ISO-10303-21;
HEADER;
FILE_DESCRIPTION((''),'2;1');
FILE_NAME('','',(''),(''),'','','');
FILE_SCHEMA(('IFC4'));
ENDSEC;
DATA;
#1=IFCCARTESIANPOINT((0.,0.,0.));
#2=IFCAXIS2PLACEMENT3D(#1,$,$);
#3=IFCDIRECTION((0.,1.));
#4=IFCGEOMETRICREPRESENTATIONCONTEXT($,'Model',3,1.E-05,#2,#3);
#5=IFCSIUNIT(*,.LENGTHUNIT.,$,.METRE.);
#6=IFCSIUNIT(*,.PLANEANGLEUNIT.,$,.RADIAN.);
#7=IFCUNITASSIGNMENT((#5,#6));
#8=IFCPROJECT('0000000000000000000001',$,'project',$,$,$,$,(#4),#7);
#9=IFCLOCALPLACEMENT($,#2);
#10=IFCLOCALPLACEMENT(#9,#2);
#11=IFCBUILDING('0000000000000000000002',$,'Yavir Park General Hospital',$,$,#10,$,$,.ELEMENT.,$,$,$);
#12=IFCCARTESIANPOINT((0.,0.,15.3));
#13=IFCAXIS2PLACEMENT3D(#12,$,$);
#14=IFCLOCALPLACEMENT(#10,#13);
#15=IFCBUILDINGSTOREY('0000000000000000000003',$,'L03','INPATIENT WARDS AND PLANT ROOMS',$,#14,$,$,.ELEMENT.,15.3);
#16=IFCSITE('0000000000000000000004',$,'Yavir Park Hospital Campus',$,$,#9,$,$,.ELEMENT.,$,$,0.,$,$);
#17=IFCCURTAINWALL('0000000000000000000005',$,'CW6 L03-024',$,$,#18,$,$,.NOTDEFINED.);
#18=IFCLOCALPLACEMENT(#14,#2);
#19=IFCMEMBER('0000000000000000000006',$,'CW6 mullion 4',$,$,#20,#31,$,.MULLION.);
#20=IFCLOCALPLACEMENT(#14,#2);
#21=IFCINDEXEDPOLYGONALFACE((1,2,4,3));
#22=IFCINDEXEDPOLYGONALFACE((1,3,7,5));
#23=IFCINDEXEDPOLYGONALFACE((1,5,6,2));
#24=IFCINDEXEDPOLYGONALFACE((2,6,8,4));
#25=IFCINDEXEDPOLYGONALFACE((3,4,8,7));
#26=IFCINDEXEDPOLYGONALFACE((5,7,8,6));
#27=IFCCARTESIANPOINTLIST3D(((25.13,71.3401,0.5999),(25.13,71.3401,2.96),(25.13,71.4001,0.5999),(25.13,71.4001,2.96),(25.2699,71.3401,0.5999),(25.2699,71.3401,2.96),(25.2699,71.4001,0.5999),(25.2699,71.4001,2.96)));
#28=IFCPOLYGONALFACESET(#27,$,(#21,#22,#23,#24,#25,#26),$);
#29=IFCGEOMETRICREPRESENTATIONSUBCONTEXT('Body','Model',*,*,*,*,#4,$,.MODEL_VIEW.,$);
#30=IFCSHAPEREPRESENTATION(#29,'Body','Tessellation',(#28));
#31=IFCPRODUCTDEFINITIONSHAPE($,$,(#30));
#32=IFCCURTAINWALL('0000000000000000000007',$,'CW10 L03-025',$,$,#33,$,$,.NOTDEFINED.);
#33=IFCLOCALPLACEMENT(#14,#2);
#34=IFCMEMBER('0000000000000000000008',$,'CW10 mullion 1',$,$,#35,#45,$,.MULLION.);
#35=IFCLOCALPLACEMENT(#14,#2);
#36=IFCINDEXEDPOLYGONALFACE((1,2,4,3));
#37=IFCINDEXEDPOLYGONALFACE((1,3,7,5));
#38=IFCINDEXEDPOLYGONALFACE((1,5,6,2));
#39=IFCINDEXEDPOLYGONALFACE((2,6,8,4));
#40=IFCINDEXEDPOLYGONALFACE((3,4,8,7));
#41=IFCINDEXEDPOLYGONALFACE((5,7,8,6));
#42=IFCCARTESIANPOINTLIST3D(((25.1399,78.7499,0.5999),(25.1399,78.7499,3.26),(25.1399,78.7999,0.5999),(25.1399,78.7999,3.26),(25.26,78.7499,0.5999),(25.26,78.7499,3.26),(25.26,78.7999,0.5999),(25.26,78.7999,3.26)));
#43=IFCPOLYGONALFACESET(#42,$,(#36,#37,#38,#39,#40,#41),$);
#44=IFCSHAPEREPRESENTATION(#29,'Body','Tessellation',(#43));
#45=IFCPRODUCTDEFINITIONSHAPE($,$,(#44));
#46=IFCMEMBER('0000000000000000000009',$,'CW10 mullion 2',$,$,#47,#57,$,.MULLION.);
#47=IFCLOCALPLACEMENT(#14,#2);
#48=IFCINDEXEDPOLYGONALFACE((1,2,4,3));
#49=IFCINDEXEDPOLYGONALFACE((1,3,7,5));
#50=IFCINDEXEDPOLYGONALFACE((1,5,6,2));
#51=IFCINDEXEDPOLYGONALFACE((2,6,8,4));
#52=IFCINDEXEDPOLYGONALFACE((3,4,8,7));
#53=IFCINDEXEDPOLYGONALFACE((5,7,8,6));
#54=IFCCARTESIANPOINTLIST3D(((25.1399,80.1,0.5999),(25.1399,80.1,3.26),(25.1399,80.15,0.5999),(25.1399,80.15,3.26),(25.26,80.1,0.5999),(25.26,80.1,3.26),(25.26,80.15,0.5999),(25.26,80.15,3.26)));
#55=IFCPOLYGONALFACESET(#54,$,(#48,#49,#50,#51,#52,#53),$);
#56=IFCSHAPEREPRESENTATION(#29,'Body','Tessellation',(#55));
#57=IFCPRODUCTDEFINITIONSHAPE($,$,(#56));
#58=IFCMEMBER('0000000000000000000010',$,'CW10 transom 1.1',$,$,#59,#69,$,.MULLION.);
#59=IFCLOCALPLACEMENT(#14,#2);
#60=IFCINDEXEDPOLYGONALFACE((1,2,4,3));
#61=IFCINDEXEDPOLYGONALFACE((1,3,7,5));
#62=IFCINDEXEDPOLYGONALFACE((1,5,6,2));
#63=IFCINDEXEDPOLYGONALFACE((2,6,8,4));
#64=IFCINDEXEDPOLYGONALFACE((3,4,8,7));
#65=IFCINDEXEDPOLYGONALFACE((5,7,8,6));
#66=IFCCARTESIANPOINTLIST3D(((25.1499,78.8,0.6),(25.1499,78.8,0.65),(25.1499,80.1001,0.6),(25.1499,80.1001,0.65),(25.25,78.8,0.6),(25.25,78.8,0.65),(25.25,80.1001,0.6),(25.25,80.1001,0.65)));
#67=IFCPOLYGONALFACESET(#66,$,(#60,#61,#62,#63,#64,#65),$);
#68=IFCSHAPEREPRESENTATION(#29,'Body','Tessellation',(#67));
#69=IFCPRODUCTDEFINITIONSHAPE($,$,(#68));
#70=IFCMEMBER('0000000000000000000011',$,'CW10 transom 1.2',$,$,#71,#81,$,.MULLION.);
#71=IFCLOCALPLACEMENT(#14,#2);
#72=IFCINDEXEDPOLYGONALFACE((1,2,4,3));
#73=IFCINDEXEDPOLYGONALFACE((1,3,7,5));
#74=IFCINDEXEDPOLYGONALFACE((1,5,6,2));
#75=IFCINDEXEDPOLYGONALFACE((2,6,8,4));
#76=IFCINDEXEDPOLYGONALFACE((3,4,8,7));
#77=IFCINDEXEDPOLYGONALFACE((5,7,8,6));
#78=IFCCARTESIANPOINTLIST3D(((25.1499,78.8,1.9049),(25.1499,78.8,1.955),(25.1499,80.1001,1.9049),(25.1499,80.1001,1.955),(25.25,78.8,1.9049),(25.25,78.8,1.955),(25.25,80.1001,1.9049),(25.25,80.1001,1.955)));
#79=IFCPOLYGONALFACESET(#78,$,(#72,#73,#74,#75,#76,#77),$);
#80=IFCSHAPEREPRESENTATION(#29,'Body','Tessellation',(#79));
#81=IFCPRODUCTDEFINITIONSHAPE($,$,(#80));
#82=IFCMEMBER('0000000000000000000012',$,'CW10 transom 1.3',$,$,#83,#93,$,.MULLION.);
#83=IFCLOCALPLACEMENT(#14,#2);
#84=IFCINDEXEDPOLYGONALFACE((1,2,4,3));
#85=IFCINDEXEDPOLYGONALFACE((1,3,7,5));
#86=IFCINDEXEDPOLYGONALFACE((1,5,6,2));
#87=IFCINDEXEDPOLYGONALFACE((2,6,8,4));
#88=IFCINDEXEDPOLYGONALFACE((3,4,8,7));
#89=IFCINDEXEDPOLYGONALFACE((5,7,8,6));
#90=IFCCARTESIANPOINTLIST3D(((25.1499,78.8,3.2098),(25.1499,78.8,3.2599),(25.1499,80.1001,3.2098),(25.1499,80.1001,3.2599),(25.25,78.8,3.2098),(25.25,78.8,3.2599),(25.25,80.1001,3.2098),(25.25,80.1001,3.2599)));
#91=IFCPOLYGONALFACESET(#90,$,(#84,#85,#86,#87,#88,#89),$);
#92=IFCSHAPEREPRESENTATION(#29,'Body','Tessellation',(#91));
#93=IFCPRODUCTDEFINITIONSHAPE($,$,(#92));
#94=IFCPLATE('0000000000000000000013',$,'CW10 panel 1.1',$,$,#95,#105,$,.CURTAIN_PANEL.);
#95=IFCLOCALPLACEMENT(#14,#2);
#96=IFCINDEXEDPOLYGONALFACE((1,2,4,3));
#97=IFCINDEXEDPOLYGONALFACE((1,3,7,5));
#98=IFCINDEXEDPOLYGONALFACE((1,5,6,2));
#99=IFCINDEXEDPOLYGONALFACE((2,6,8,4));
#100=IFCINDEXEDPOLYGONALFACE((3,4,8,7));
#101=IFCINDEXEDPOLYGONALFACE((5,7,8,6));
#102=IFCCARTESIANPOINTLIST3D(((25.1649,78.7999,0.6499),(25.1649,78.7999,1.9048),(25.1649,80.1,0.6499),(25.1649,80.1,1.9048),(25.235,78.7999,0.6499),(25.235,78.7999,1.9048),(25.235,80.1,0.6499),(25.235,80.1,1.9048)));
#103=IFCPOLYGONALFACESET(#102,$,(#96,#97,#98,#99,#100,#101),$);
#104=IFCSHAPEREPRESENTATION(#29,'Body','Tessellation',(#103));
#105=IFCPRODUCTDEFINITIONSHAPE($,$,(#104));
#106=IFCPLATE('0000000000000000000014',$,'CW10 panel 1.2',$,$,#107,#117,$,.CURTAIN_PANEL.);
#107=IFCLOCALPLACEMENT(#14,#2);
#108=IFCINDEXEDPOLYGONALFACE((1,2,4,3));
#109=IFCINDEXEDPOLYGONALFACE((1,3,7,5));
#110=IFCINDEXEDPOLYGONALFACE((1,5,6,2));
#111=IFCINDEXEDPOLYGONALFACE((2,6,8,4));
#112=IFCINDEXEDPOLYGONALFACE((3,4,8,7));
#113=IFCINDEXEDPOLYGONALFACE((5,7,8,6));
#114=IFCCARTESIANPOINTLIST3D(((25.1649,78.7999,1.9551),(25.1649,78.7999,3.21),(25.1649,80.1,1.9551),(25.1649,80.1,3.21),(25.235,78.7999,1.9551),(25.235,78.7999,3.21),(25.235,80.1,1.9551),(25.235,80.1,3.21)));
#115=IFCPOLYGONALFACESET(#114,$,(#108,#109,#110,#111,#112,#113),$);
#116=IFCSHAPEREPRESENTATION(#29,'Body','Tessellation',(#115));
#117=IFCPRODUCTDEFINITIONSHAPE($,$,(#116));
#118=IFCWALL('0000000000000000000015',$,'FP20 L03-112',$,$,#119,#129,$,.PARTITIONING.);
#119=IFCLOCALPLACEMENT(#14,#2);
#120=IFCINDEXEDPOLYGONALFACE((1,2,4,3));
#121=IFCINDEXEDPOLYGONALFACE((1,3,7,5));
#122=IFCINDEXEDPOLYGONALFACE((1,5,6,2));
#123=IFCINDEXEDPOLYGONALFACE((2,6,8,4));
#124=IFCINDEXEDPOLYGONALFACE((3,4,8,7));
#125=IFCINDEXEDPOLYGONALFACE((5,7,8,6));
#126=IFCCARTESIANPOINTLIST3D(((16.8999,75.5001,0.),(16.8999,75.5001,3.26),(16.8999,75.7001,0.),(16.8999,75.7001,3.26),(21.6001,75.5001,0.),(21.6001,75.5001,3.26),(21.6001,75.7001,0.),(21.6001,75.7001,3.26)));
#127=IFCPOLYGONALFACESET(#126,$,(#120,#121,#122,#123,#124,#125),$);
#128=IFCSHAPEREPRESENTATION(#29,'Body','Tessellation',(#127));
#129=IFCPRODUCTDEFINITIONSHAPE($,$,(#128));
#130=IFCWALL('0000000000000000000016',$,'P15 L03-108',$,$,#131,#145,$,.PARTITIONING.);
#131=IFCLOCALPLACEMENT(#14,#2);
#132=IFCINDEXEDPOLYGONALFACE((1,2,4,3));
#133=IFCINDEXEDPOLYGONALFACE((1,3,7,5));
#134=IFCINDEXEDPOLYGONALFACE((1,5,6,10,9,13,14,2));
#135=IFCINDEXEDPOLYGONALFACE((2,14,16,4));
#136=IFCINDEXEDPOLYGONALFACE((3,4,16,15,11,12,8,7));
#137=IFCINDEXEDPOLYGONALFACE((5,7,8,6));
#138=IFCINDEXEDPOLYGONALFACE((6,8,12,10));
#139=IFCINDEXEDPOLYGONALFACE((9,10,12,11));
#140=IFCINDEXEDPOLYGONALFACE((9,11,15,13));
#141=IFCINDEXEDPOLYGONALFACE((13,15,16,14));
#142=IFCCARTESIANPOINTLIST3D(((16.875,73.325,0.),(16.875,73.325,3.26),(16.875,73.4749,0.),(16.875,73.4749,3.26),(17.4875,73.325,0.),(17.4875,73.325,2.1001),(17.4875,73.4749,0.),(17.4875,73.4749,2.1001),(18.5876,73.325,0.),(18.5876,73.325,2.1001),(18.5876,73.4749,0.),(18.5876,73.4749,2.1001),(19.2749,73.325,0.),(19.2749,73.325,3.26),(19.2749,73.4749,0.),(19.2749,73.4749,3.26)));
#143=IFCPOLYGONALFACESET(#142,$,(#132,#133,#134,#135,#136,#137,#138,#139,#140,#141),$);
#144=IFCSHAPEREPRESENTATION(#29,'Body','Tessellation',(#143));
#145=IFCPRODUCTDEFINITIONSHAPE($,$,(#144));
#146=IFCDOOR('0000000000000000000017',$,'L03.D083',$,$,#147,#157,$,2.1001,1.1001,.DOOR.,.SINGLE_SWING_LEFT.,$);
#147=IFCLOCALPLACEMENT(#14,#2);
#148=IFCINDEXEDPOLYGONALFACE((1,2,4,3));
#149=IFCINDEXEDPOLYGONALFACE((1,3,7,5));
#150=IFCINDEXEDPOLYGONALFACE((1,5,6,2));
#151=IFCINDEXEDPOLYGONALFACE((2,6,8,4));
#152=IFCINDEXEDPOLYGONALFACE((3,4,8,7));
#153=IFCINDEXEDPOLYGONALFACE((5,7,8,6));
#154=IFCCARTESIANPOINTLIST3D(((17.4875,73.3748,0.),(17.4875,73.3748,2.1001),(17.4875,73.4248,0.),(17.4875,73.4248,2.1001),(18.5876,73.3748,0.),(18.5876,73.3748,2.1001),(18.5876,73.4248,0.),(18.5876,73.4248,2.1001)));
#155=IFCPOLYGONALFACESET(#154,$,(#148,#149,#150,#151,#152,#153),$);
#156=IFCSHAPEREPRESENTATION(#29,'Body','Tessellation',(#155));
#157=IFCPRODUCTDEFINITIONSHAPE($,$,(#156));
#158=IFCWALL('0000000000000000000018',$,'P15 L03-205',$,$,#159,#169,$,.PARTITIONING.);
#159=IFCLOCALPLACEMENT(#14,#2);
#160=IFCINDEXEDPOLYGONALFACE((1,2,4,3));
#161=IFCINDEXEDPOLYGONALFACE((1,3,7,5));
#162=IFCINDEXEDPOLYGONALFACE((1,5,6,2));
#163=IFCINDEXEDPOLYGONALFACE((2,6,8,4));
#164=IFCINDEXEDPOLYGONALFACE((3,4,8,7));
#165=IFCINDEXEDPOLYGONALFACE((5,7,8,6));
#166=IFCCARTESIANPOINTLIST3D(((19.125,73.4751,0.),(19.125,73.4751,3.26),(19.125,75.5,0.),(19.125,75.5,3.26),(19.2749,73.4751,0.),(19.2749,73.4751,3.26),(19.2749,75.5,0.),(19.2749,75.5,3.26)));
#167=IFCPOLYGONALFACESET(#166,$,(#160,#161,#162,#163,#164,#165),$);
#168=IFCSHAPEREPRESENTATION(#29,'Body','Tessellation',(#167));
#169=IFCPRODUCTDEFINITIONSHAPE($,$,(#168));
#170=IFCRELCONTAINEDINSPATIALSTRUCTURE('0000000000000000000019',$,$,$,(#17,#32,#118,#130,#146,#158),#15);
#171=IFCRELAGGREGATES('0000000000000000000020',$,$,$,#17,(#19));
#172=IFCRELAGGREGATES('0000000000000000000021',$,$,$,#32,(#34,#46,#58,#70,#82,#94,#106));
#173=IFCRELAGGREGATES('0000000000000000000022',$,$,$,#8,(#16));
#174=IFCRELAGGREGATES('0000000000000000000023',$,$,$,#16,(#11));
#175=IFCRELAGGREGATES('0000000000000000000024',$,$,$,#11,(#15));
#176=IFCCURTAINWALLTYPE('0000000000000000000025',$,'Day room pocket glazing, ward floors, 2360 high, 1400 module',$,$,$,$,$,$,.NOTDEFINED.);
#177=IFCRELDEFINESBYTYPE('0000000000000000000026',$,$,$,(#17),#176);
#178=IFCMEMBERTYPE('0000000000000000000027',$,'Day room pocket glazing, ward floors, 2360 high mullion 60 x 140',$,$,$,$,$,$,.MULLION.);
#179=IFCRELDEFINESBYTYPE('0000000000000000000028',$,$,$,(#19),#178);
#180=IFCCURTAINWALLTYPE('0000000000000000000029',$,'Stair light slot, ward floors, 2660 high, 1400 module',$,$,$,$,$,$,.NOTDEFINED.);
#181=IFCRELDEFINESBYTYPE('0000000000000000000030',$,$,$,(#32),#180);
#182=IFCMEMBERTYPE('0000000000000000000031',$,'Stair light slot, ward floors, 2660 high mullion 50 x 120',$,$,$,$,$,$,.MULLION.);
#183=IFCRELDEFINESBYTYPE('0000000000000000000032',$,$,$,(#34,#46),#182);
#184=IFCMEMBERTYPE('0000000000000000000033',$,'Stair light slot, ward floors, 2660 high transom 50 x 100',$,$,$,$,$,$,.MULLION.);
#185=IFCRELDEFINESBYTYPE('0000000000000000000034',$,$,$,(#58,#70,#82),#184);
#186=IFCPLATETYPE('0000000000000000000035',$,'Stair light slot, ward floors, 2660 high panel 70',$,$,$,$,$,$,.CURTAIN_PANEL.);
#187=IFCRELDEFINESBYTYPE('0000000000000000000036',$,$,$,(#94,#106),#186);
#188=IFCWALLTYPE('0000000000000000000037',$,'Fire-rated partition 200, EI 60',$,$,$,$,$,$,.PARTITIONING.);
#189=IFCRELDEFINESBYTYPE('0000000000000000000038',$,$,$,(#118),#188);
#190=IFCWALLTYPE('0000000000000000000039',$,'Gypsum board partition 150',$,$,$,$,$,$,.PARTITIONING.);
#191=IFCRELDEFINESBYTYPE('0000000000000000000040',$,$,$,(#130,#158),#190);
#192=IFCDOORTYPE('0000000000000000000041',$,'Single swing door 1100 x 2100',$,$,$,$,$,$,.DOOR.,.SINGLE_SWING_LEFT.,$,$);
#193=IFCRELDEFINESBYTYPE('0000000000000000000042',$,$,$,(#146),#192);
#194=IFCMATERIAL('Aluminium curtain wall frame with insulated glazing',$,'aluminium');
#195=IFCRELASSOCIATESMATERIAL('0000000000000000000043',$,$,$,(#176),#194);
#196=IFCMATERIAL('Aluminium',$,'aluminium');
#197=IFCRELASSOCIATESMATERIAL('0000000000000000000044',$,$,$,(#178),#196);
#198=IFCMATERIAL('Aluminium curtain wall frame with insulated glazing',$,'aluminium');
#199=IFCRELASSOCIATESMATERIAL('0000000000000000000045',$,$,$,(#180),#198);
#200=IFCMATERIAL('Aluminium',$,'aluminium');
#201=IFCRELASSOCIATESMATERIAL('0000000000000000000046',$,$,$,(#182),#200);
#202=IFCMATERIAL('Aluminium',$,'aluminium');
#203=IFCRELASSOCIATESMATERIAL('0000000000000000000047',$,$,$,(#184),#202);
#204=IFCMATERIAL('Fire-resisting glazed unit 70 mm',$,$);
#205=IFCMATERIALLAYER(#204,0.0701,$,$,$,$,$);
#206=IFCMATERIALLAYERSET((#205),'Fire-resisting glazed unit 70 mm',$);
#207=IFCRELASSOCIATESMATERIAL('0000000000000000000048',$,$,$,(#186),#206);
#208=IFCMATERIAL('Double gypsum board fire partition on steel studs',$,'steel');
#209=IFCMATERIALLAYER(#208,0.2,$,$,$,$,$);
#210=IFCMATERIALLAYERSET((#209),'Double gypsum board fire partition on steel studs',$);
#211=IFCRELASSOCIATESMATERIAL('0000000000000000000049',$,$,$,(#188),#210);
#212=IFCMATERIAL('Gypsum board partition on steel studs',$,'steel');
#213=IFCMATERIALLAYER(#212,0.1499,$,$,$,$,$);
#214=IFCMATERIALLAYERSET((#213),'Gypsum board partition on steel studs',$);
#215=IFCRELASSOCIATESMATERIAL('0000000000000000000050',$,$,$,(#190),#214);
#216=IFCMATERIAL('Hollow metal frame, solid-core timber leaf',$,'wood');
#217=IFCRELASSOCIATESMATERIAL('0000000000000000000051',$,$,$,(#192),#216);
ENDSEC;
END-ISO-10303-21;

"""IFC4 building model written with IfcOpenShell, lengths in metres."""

from ifc_helpers import new_model, si_unit, direction, frame, frame_2d, origin, origin_2d, place, context, subcontext, project, spatial, rectangle, extrude, material, layer, layer_set, material_profile, profile_set, type_object, element, fill, aggregate, save


model = new_model("IFC4")

# Units and contexts
model_context = context("Model", 3, precision=1e-05, world=origin(), true_north=direction((0.0, 1.0)))
body_context = subcontext(model_context, "Body", "Model", "MODEL_VIEW")
ifc_project = project(units=[si_unit("LENGTHUNIT", "METRE"), si_unit("PLANEANGLEUNIT", "RADIAN")], contexts=[model_context])

# Site, building, storey
site_placement = place(None, origin())
site = spatial("IfcSite", under=ifc_project, at=site_placement, Name="Yavir Park Hospital Campus", CompositionType="ELEMENT", RefElevation=0.0)
building_placement = place(site_placement, origin())
building = spatial("IfcBuilding", under=site, at=building_placement, Name="Yavir Park General Hospital", CompositionType="ELEMENT")
storey_placement = place(building_placement, frame((0.0, 0.0, 15.3)))
storey = spatial("IfcBuildingStorey", under=building, at=storey_placement, Name="L03", Description="INPATIENT WARDS AND PLANT ROOMS", CompositionType="ELEMENT", Elevation=15.3)

# Curtain wall, member
ifc_material_1 = material(Name="Aluminium curtain wall frame with insulated glazing", Category="aluminium")
curtain_wall_type_1 = type_object("IfcCurtainWallType", Name="Day room pocket glazing, ward floors, 2360 high, 1400 module", PredefinedType="NOTDEFINED", material=ifc_material_1)
curtain_wall_1_placement = place(storey_placement, origin())
curtain_wall_1 = element("IfcCurtainWall", 1, at=curtain_wall_1_placement, inside=storey, type_object=curtain_wall_type_1, Name="CW6 L03-024", PredefinedType="NOTDEFINED")
ifc_material_2 = material(Name="Aluminium", Category="aluminium")
ifc_material_profile_1 = material_profile(ifc_material_2, rectangle(XDim=0.1399, YDim=0.0601, at=origin_2d()), Name="AL 60x140")
ifc_profile_set_1 = profile_set([ifc_material_profile_1], Name="Aluminium")
member_type_1 = type_object("IfcMemberType", Name="Day room pocket glazing, ward floors, 2360 high mullion 60 x 140", PredefinedType="MULLION", material=ifc_profile_set_1)
member_1_placement = place(storey_placement, frame((25.2, 71.3701, 0.5999), z_axis=(0.0, 0.0, 1.0), x_axis=(-1.0, 0.0, 0.0)))
member_1 = element("IfcMember", 2, at=member_1_placement, type_object=member_type_1, Name="CW6 mullion 4", PredefinedType="MULLION", context=body_context, shape_type="SweptSolid", body=[
    extrude(rectangle(XDim=0.1399, YDim=0.0601, at=origin_2d()), origin(), (0.0, 0.0, 1.0), 2.3601),
])
aggregate(curtain_wall_1, [member_1])

# Curtain wall, members, plates
ifc_material_3 = material(Name="Aluminium curtain wall frame with insulated glazing", Category="aluminium")
curtain_wall_type_2 = type_object("IfcCurtainWallType", Name="Stair light slot, ward floors, 2660 high, 1400 module", PredefinedType="NOTDEFINED", material=ifc_material_3)
curtain_wall_2_placement = place(storey_placement, origin())
curtain_wall_2 = element("IfcCurtainWall", 3, at=curtain_wall_2_placement, inside=storey, type_object=curtain_wall_type_2, Name="CW10 L03-025", PredefinedType="NOTDEFINED")
ifc_material_4 = material(Name="Aluminium", Category="aluminium")
ifc_material_profile_2 = material_profile(ifc_material_4, rectangle(XDim=0.1201, YDim=0.05, at=origin_2d()), Name="AL 50x120")
ifc_profile_set_2 = profile_set([ifc_material_profile_2], Name="Aluminium")
member_type_2 = type_object("IfcMemberType", Name="Stair light slot, ward floors, 2660 high mullion 50 x 120", PredefinedType="MULLION", material=ifc_profile_set_2)
member_2_placement = place(storey_placement, frame((25.2, 78.7749, 0.5999), z_axis=(0.0, 0.0, 1.0), x_axis=(-1.0, 0.0, 0.0)))
member_2 = element("IfcMember", 4, at=member_2_placement, type_object=member_type_2, Name="CW10 mullion 1", PredefinedType="MULLION", context=body_context, shape_type="SweptSolid", body=[
    extrude(rectangle(XDim=0.1201, YDim=0.05, at=origin_2d()), origin(), (0.0, 0.0, 1.0), 2.6602),
])
member_3_placement = place(storey_placement, frame((25.2, 80.125, 0.5999), z_axis=(0.0, 0.0, 1.0), x_axis=(-1.0, 0.0, 0.0)))
member_3 = element("IfcMember", 5, at=member_3_placement, type_object=member_type_2, Name="CW10 mullion 2", PredefinedType="MULLION", context=body_context, shape_type="SweptSolid", body=[
    extrude(rectangle(XDim=0.1201, YDim=0.05, at=origin_2d()), origin(), (0.0, 0.0, 1.0), 2.6602),
])
ifc_material_5 = material(Name="Aluminium", Category="aluminium")
ifc_material_profile_3 = material_profile(ifc_material_5, rectangle(XDim=0.1001, YDim=0.05, at=origin_2d()), Name="AL 100x50")
ifc_profile_set_3 = profile_set([ifc_material_profile_3], Name="Aluminium")
member_type_3 = type_object("IfcMemberType", Name="Stair light slot, ward floors, 2660 high transom 50 x 100", PredefinedType="MULLION", material=ifc_profile_set_3)
member_4_placement = place(storey_placement, frame((25.2, 78.8, 0.625), z_axis=(0.0, 1.0, 0.0), x_axis=(-1.0, 0.0, 0.0)))
member_4 = element("IfcMember", 6, at=member_4_placement, type_object=member_type_3, Name="CW10 transom 1.1", PredefinedType="MULLION", context=body_context, shape_type="SweptSolid", body=[
    extrude(rectangle(XDim=0.1001, YDim=0.05, at=origin_2d()), origin(), (0.0, 0.0, 1.0), 1.3),
])
member_5_placement = place(storey_placement, frame((25.2, 78.8, 1.9299), z_axis=(0.0, 1.0, 0.0), x_axis=(-1.0, 0.0, 0.0)))
member_5 = element("IfcMember", 7, at=member_5_placement, type_object=member_type_3, Name="CW10 transom 1.2", PredefinedType="MULLION", context=body_context, shape_type="SweptSolid", body=[
    extrude(rectangle(XDim=0.1001, YDim=0.05, at=origin_2d()), origin(), (0.0, 0.0, 1.0), 1.3),
])
member_6_placement = place(storey_placement, frame((25.2, 78.8, 3.2349), z_axis=(0.0, 1.0, 0.0), x_axis=(-1.0, 0.0, 0.0)))
member_6 = element("IfcMember", 8, at=member_6_placement, type_object=member_type_3, Name="CW10 transom 1.3", PredefinedType="MULLION", context=body_context, shape_type="SweptSolid", body=[
    extrude(rectangle(XDim=0.1001, YDim=0.05, at=origin_2d()), origin(), (0.0, 0.0, 1.0), 1.3),
])
ifc_material_6 = material(Name="Fire-resisting glazed unit 70 mm")
ifc_layer_1 = layer(ifc_material_6, 0.0701)
ifc_layer_set_1 = layer_set([ifc_layer_1], Name="Fire-resisting glazed unit 70 mm")
plate_type = type_object("IfcPlateType", Name="Stair light slot, ward floors, 2660 high panel 70", PredefinedType="CURTAIN_PANEL", material=ifc_layer_set_1)
plate_1_placement = place(storey_placement, frame((25.2, 79.45, 0.6499), z_axis=(0.0, 0.0, 1.0), x_axis=(0.0, 1.0, 0.0)))
plate_1 = element("IfcPlate", 9, at=plate_1_placement, type_object=plate_type, Name="CW10 panel 1.1", PredefinedType="CURTAIN_PANEL", context=body_context, shape_type="SweptSolid", body=[
    extrude(rectangle(XDim=1.3, YDim=0.0701, at=origin_2d()), origin(), (0.0, 0.0, 1.0), 1.2549),
])
plate_2_placement = place(storey_placement, frame((25.2, 79.45, 1.9551), z_axis=(0.0, 0.0, 1.0), x_axis=(0.0, 1.0, 0.0)))
plate_2 = element("IfcPlate", 10, at=plate_2_placement, type_object=plate_type, Name="CW10 panel 1.2", PredefinedType="CURTAIN_PANEL", context=body_context, shape_type="SweptSolid", body=[
    extrude(rectangle(XDim=1.3, YDim=0.0701, at=origin_2d()), origin(), (0.0, 0.0, 1.0), 1.2549),
])
aggregate(curtain_wall_2, [member_2, member_3, member_4, member_5, member_6, plate_1, plate_2])

# Wall
ifc_material_7 = material(Name="Double gypsum board fire partition on steel studs", Category="steel")
ifc_layer_2 = layer(ifc_material_7, 0.2)
ifc_layer_set_2 = layer_set([ifc_layer_2], Name="Double gypsum board fire partition on steel studs")
wall_type_1 = type_object("IfcWallType", Name="Fire-rated partition 200, EI 60", PredefinedType="PARTITIONING", material=ifc_layer_set_2)
wall_1_placement = place(storey_placement, frame((16.8999, 75.6001, 0.0), z_axis=(0.0, 0.0, 1.0), x_axis=(1.0, 0.0, 0.0)))
element("IfcWall", 11, at=wall_1_placement, inside=storey, type_object=wall_type_1, Name="FP20 L03-112", PredefinedType="PARTITIONING", context=body_context, shape_type="SweptSolid", body=[
    extrude(rectangle(XDim=4.7002, YDim=0.2, at=frame_2d((2.3501, 0.0))), origin(), (0.0, 0.0, 1.0), 3.26),
])

# Wall, opening, door
ifc_material_8 = material(Name="Gypsum board partition on steel studs", Category="steel")
ifc_layer_3 = layer(ifc_material_8, 0.1499)
ifc_layer_set_3 = layer_set([ifc_layer_3], Name="Gypsum board partition on steel studs")
wall_type_2 = type_object("IfcWallType", Name="Gypsum board partition 150", PredefinedType="PARTITIONING", material=ifc_layer_set_3)
wall_2_placement = place(storey_placement, frame((16.875, 73.3999, 0.0), z_axis=(0.0, 0.0, 1.0), x_axis=(1.0, 0.0, 0.0)))
wall_2 = element("IfcWall", 12, at=wall_2_placement, inside=storey, type_object=wall_type_2, Name="P15 L03-108", PredefinedType="PARTITIONING", context=body_context, shape_type="SweptSolid", body=[
    extrude(rectangle(XDim=2.3999, YDim=0.1499, at=frame_2d((1.2, 0.0))), origin(), (0.0, 0.0, 1.0), 3.26),
])
opening_1_placement = place(wall_2_placement, frame((0.6125, 0.0, 0.0)))
opening_1 = element("IfcOpeningElement", 13, at=opening_1_placement, cuts=wall_2, PredefinedType="OPENING", context=body_context, shape_type="SweptSolid", body=[
    extrude(rectangle(XDim=1.1001, YDim=2.1001, at=frame_2d((0.55, 1.05))), frame((0.0, 0.085, 0.0), z_axis=(0.0, -1.0, 0.0), x_axis=(1.0, 0.0, 0.0)), (0.0, 0.0, 1.0), 0.1699),
])
ifc_material_9 = material(Name="Hollow metal frame, solid-core timber leaf", Category="wood")
door_type_1 = type_object("IfcDoorType", Name="Single swing door 1100 x 2100", OperationType="SINGLE_SWING_LEFT", PredefinedType="DOOR", material=ifc_material_9)
door_1_placement = place(opening_1_placement, origin())
door_1 = element("IfcDoor", 14, at=door_1_placement, inside=storey, type_object=door_type_1, Name="L03.D083", OperationType="SINGLE_SWING_LEFT", OverallHeight=2.1001, OverallWidth=1.1001, PredefinedType="DOOR", context=body_context, shape_type="SweptSolid", body=[
    extrude(rectangle(XDim=1.1001, YDim=2.1001, at=frame_2d((0.55, 1.05))), frame((0.0, 0.0249, 0.0), z_axis=(0.0, -1.0, 0.0), x_axis=(1.0, 0.0, 0.0)), (0.0, 0.0, 1.0), 0.05),
])
fill(opening_1, door_1)

# Wall
wall_3_placement = place(storey_placement, frame((19.2, 73.4751, 0.0), z_axis=(0.0, 0.0, 1.0), x_axis=(0.0, 1.0, 0.0)))
element("IfcWall", 15, at=wall_3_placement, inside=storey, type_object=wall_type_2, Name="P15 L03-205", PredefinedType="PARTITIONING", context=body_context, shape_type="SweptSolid", body=[
    extrude(rectangle(XDim=2.0249, YDim=0.1499, at=frame_2d((1.0125, 0.0))), origin(), (0.0, 0.0, 1.0), 3.26),
])

save(model, "model.ifc")
